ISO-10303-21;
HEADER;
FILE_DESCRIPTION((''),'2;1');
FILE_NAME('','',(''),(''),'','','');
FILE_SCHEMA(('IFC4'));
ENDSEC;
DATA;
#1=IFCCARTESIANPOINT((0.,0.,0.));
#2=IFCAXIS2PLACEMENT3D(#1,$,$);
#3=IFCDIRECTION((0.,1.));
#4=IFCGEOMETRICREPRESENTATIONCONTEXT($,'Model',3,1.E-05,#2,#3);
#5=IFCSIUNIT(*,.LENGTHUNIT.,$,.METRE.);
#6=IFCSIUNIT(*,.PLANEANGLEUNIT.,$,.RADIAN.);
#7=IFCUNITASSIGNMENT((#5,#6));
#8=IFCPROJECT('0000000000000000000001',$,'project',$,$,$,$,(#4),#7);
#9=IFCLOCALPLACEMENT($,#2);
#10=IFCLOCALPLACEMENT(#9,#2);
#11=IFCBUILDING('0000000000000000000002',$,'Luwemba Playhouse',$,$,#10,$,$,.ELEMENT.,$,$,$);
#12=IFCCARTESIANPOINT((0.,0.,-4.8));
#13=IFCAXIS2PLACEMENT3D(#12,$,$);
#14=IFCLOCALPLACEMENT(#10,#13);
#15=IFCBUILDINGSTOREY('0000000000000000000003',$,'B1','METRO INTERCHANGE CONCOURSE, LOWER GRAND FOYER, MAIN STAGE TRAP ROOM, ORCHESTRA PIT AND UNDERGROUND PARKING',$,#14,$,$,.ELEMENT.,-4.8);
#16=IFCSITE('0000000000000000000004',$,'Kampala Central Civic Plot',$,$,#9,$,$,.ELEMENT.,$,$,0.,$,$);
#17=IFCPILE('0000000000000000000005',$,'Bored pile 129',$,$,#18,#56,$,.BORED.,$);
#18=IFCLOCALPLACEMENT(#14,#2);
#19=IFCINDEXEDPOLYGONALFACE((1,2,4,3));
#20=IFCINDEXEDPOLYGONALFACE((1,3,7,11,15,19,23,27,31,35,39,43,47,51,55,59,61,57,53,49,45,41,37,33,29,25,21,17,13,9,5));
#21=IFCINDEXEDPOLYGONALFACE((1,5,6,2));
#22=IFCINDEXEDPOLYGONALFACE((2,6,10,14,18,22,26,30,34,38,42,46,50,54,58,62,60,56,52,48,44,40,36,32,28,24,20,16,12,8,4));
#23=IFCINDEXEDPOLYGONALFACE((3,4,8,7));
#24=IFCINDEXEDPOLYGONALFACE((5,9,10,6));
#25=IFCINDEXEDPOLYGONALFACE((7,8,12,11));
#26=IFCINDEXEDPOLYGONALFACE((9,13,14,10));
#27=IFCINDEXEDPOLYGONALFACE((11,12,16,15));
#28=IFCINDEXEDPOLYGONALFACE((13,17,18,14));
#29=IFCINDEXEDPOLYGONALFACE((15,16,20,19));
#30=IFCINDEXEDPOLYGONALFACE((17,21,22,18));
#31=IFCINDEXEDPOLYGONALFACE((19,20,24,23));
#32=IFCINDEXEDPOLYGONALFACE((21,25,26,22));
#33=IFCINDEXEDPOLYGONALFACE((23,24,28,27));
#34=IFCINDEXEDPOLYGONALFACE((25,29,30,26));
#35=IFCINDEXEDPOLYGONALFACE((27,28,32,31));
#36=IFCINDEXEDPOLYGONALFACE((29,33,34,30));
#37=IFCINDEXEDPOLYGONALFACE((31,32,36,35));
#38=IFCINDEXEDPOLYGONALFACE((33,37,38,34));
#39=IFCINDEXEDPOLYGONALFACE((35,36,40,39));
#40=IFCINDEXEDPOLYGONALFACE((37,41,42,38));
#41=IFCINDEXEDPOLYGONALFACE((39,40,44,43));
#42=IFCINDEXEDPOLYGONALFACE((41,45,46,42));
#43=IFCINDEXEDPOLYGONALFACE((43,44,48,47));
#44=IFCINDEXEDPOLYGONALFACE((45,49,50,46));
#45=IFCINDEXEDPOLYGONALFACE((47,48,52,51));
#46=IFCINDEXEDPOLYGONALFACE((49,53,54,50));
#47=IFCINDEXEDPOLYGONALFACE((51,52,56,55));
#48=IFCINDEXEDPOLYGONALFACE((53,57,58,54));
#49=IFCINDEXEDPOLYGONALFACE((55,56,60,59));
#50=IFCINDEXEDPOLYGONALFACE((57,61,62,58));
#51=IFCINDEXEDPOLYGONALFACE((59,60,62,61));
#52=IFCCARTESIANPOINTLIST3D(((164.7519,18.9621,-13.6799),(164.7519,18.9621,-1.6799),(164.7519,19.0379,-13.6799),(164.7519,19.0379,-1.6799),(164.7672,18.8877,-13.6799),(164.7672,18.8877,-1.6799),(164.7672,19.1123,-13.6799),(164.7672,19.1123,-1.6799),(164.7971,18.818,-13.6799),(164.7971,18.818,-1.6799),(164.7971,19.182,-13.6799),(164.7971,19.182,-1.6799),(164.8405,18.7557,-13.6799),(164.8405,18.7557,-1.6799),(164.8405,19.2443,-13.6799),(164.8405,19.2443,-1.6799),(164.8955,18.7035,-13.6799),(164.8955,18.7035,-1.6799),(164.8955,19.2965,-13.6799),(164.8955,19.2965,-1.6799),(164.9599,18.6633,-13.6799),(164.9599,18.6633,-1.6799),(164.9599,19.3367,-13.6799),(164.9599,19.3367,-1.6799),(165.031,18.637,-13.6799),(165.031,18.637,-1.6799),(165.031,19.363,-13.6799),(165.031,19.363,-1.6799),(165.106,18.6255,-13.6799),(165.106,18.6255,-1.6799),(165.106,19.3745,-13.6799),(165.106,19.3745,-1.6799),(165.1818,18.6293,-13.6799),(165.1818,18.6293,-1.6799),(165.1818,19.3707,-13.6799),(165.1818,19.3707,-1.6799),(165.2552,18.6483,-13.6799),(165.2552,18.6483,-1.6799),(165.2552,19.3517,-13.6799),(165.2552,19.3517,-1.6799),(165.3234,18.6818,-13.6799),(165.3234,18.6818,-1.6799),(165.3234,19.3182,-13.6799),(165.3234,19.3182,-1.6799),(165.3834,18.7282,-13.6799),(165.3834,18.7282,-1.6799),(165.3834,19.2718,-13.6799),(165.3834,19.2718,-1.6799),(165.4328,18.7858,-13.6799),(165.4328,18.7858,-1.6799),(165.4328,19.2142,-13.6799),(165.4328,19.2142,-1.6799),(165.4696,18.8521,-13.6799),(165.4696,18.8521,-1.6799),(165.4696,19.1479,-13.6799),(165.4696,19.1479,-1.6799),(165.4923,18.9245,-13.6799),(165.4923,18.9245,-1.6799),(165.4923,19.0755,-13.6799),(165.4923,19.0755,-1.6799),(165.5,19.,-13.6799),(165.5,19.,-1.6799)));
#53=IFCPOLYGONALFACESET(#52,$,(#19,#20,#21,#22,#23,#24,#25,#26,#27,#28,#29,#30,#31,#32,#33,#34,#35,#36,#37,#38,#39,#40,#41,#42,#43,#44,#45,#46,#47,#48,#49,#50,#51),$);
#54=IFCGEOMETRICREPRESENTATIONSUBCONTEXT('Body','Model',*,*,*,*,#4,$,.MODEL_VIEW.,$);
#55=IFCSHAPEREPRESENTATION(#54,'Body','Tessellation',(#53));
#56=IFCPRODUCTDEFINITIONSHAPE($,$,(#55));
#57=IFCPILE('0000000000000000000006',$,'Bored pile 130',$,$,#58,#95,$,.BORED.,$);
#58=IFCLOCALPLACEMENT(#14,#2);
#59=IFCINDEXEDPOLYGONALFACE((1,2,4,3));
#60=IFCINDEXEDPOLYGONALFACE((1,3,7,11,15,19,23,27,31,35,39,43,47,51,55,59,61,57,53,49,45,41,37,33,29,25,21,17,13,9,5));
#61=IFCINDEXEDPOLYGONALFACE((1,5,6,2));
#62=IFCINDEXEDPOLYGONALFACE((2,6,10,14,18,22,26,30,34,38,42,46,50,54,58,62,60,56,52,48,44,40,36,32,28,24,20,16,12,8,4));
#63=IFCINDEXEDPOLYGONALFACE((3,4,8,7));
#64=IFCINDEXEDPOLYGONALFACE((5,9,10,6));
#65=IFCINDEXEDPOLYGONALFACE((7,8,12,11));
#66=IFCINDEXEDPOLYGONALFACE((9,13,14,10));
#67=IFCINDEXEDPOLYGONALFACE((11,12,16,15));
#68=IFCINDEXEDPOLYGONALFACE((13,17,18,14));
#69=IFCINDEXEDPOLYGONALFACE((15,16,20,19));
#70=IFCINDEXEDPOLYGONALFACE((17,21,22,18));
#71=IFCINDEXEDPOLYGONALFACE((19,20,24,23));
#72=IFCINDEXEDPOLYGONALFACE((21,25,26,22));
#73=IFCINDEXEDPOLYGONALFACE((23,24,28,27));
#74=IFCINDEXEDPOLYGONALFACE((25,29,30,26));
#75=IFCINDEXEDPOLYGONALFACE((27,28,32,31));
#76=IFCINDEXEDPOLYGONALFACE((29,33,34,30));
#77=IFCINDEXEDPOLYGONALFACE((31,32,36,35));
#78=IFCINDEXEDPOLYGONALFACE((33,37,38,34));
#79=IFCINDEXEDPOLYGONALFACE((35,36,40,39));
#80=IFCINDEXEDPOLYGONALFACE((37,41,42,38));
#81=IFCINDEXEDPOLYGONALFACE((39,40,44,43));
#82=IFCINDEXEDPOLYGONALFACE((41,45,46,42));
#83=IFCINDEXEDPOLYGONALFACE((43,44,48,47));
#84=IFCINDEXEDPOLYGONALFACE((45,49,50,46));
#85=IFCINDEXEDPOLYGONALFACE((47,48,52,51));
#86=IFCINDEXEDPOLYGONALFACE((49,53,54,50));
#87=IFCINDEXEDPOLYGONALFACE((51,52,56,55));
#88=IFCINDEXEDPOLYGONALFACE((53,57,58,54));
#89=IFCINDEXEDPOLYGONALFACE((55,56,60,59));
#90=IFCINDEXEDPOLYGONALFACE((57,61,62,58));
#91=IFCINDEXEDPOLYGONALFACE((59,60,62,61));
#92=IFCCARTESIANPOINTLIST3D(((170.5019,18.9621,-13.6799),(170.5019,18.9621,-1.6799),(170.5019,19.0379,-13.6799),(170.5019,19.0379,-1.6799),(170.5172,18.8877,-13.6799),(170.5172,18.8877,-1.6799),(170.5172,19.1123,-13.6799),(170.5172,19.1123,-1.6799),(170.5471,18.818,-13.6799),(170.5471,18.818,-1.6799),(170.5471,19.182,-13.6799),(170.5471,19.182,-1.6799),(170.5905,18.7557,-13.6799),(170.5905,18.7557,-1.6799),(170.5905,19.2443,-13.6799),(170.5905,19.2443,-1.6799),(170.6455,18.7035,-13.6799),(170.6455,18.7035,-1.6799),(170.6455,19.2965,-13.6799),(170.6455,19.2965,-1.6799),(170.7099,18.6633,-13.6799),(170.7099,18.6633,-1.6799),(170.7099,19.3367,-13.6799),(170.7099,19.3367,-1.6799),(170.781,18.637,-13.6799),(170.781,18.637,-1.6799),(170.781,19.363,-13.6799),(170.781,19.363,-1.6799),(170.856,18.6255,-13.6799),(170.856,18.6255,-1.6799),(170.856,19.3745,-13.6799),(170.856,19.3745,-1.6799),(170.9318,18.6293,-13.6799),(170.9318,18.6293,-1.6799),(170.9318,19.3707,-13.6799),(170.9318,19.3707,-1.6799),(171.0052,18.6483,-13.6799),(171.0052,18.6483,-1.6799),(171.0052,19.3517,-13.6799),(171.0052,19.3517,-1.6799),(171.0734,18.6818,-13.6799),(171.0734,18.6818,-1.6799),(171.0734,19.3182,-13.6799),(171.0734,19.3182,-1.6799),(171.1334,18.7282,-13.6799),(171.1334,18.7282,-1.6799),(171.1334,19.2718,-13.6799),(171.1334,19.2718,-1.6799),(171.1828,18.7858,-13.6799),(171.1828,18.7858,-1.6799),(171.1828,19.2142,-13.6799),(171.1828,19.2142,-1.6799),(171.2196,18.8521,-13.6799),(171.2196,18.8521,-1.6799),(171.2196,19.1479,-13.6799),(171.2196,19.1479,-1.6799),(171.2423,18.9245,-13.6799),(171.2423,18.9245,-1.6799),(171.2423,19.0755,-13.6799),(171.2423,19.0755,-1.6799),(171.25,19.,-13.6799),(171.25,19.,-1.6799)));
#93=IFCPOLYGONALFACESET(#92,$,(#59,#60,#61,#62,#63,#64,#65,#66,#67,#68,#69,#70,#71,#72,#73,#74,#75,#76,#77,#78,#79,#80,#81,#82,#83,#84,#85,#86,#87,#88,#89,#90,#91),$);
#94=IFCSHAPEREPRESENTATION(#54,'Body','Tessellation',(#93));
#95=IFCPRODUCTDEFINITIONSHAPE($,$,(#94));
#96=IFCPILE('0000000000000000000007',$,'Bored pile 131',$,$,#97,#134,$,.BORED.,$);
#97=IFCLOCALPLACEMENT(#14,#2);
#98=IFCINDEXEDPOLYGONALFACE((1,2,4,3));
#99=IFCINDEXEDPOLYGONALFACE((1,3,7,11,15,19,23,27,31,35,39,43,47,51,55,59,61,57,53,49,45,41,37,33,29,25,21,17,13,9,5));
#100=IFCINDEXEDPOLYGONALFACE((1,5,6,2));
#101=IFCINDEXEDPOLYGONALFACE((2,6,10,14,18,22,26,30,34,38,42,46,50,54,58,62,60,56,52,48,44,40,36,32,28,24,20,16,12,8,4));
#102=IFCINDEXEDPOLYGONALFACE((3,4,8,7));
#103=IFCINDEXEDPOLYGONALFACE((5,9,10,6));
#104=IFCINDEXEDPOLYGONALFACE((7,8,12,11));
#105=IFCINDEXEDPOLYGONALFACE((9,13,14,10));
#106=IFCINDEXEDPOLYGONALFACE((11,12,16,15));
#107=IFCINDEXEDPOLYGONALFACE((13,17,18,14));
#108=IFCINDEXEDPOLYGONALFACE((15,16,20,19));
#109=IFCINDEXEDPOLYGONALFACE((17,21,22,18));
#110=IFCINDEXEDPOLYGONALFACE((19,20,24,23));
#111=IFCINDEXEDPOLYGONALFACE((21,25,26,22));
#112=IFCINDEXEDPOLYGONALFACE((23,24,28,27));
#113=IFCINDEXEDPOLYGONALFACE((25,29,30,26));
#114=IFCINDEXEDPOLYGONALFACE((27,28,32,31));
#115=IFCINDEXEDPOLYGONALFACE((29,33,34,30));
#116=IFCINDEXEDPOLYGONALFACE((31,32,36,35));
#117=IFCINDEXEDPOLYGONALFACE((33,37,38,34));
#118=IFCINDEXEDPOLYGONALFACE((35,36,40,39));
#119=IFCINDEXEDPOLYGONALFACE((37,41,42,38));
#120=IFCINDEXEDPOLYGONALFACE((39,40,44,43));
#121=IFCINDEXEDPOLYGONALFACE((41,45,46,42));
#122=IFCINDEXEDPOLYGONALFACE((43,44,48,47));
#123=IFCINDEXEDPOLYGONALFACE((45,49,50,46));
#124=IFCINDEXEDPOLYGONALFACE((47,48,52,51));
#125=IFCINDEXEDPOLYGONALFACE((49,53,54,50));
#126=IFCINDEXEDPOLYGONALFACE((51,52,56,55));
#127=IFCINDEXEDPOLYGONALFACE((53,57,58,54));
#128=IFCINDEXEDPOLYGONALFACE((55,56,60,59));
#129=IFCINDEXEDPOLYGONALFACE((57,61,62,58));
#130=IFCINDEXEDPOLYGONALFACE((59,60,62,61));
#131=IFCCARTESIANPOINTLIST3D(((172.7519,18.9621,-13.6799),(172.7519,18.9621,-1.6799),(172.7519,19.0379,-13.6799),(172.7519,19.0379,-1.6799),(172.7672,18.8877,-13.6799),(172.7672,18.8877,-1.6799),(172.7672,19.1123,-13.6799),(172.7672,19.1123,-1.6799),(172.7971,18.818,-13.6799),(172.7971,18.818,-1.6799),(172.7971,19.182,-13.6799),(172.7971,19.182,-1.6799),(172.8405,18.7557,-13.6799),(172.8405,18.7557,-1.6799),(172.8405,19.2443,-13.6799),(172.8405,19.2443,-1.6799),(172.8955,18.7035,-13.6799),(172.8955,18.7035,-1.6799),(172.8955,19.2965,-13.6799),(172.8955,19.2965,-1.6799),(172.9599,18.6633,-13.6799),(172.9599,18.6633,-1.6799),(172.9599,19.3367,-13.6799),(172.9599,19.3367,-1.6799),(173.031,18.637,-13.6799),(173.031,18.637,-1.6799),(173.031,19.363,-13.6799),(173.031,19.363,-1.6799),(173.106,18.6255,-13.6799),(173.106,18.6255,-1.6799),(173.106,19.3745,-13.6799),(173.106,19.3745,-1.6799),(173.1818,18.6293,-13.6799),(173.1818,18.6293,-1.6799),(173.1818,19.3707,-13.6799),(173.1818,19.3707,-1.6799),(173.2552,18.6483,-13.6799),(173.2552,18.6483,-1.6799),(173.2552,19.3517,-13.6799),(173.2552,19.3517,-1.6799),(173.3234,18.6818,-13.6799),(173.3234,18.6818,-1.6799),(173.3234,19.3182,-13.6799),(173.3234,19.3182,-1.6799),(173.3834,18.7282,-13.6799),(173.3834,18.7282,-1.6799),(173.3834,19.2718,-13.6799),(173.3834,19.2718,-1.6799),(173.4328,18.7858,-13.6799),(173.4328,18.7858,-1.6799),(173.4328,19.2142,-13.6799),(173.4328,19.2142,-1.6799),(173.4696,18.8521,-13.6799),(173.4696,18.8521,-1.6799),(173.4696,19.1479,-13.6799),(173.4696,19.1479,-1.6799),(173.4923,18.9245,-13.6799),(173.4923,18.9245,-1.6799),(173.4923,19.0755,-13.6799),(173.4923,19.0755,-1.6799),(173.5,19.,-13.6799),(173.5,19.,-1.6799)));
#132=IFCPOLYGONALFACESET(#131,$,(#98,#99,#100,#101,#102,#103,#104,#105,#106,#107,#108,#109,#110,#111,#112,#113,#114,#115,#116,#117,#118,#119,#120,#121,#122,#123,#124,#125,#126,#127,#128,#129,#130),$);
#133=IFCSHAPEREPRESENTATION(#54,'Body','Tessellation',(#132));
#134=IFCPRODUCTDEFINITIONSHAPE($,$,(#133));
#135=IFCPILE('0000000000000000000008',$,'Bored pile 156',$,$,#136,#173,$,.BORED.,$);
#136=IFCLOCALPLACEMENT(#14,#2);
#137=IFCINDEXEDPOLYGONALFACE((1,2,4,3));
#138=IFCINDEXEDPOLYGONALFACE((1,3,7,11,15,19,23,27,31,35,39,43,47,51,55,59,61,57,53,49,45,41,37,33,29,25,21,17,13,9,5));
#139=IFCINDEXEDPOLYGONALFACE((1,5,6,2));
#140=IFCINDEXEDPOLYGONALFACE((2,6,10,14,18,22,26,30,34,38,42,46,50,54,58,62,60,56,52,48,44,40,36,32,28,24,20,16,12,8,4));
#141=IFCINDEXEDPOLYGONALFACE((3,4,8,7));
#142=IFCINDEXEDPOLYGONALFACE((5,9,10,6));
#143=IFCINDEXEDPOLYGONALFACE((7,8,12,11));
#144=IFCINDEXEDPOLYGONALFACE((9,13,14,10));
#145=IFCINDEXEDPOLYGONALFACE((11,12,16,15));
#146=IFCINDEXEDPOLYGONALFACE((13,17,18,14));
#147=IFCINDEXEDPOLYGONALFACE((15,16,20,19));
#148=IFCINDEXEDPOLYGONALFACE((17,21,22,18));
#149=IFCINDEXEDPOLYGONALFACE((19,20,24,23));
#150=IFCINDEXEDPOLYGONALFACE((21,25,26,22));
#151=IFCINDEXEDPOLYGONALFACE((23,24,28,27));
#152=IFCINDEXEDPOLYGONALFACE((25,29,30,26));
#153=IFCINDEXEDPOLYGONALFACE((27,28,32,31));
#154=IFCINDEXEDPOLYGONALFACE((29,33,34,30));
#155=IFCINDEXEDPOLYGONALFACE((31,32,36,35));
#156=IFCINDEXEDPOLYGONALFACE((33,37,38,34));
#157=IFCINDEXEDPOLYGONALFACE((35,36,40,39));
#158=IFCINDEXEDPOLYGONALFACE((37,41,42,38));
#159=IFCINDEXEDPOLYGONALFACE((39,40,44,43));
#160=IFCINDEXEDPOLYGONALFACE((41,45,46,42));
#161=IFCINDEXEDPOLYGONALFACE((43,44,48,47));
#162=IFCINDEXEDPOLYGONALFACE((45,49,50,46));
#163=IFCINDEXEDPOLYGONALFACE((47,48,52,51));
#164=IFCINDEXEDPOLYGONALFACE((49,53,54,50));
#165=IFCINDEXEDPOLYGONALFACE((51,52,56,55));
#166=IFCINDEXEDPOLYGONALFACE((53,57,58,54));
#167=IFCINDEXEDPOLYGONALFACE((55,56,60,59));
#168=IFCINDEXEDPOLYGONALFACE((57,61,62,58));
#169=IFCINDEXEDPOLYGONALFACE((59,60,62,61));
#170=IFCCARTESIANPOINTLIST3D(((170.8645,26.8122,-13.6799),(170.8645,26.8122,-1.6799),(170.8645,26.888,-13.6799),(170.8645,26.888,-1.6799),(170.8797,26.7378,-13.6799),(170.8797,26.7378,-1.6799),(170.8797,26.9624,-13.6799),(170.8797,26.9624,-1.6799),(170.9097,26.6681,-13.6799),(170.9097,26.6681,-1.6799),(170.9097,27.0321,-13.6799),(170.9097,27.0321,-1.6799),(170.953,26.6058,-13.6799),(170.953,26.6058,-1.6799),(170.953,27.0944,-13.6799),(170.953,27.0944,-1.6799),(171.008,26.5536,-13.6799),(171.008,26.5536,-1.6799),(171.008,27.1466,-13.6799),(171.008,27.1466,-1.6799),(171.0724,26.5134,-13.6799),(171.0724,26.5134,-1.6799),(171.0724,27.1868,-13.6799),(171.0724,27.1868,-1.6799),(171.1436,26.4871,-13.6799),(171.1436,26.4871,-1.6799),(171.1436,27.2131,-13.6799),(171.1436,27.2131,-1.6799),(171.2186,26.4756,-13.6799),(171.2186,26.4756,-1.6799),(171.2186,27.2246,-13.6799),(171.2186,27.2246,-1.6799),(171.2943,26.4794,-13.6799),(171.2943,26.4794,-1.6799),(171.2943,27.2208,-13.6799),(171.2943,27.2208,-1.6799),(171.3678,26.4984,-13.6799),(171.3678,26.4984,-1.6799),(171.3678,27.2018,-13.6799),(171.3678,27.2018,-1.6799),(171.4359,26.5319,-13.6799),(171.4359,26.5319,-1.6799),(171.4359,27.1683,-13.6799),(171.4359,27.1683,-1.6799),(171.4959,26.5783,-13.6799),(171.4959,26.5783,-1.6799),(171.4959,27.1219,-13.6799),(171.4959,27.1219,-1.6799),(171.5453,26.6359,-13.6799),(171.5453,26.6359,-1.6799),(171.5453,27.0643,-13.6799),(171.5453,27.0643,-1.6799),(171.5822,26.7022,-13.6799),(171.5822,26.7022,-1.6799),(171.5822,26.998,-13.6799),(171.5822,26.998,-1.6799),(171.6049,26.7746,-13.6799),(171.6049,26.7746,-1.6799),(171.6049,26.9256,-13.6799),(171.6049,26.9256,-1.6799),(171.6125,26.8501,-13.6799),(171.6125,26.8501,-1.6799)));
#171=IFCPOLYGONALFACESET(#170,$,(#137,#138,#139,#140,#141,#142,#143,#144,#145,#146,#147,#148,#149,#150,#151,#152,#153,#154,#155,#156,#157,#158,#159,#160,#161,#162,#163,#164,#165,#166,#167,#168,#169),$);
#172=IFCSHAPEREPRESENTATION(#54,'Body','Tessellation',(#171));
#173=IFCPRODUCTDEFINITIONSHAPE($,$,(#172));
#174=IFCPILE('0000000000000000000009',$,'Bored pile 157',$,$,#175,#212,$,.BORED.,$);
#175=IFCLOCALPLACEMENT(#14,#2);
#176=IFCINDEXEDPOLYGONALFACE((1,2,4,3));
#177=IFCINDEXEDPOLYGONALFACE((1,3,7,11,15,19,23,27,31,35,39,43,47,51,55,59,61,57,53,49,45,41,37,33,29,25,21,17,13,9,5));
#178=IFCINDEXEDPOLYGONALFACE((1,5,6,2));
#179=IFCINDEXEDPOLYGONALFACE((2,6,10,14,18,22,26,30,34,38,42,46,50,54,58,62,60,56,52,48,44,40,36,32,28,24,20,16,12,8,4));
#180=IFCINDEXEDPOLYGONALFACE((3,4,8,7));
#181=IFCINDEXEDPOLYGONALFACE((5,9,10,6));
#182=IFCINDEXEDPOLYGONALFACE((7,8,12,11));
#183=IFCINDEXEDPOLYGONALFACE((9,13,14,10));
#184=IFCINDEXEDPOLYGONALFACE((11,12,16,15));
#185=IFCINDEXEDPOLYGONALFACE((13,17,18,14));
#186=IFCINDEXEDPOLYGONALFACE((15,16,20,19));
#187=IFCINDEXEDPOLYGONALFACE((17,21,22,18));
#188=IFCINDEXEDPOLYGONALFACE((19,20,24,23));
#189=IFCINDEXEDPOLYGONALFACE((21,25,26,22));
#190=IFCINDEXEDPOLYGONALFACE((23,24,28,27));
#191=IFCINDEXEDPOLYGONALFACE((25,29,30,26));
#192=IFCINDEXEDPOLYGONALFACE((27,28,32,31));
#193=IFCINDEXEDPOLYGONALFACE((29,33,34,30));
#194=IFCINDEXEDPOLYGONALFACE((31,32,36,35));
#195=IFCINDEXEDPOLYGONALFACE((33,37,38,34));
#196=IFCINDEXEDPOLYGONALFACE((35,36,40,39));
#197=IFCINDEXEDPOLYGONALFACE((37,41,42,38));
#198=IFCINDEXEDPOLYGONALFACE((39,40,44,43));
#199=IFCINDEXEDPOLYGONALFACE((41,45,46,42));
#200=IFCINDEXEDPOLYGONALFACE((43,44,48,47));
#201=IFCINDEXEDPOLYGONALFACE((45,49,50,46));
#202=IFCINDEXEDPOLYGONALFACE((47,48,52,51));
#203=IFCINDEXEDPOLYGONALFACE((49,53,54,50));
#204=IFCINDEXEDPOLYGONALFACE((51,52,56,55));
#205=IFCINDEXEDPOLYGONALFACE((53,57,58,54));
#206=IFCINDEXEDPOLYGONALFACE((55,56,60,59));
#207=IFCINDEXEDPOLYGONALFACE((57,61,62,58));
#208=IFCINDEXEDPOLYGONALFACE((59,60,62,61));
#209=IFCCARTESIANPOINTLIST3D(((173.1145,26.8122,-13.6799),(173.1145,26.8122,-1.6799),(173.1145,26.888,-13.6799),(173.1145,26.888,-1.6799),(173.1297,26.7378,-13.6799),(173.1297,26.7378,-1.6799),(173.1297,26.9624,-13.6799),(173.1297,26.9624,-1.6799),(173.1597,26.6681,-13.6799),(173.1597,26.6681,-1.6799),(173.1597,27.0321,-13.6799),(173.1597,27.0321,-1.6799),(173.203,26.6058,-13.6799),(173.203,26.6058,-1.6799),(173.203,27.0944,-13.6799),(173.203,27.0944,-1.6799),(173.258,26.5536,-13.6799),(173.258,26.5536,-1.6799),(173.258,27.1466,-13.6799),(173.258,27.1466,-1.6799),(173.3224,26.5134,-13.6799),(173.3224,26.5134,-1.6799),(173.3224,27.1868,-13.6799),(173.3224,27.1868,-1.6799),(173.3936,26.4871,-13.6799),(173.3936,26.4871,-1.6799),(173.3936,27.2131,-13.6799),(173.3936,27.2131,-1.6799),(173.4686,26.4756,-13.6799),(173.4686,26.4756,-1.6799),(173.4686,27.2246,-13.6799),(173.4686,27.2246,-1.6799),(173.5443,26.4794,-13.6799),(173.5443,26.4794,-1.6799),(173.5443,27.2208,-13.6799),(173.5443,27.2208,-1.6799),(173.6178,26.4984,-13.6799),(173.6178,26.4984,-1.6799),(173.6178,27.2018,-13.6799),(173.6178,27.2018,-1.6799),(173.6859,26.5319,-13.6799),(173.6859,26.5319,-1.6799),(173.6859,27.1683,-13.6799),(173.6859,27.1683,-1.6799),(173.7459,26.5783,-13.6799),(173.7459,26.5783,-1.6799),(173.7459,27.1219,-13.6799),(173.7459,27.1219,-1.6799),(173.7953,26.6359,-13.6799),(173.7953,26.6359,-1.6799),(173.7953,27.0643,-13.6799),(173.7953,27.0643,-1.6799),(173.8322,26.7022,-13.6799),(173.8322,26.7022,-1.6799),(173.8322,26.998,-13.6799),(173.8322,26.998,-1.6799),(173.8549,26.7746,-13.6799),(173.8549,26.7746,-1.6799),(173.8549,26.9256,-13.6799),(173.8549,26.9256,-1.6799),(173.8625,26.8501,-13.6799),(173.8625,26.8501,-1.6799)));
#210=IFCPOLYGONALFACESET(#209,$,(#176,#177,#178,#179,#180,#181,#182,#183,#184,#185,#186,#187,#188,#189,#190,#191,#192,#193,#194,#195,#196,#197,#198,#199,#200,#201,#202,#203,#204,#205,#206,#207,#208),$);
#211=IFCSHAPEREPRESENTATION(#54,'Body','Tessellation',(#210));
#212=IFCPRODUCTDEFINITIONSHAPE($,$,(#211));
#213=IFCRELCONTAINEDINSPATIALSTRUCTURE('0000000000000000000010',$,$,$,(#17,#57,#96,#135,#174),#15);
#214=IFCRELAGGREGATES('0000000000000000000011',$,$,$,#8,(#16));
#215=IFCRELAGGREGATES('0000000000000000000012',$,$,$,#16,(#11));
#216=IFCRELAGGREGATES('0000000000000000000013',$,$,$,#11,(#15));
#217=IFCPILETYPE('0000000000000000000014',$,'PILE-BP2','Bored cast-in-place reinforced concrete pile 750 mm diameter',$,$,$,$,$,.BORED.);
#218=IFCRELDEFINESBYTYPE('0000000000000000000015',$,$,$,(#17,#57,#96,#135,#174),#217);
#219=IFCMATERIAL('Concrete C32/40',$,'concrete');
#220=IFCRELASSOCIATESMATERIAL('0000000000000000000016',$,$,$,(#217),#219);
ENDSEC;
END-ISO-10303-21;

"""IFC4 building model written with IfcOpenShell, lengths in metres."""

from ifc_helpers import new_model, si_unit, direction, frame, origin, origin_2d, place, context, subcontext, project, spatial, circle, extrude, material, material_profile, profile_set, type_object, element, save


model = new_model("IFC4")

# Units and contexts
model_context = context("Model", 3, precision=1e-05, world=origin(), true_north=direction((0.0, 1.0)))
body_context = subcontext(model_context, "Body", "Model", "MODEL_VIEW")
ifc_project = project(units=[si_unit("LENGTHUNIT", "METRE"), si_unit("PLANEANGLEUNIT", "RADIAN")], contexts=[model_context])

# Site, building, storey
site_placement = place(None, origin())
site = spatial("IfcSite", under=ifc_project, at=site_placement, Name="Kampala Central Civic Plot", CompositionType="ELEMENT", RefElevation=0.0)
building_placement = place(site_placement, origin())
building = spatial("IfcBuilding", under=site, at=building_placement, Name="Luwemba Playhouse", CompositionType="ELEMENT")
storey_placement = place(building_placement, frame((0.0, 0.0, -4.8)))
storey = spatial("IfcBuildingStorey", under=building, at=storey_placement, Name="B1", Description="METRO INTERCHANGE CONCOURSE, LOWER GRAND FOYER, MAIN STAGE TRAP ROOM, ORCHESTRA PIT AND UNDERGROUND PARKING", CompositionType="ELEMENT", Elevation=-4.8)

# Shared definitions
ifc_material_1 = material(Name="Concrete C32/40", Category="concrete")

# Piles
ifc_material_profile_1 = material_profile(ifc_material_1, circle(Radius=0.375, at=origin_2d()))
ifc_profile_set_1 = profile_set([ifc_material_profile_1], Name="Concrete C32/40")
pile_type = type_object("IfcPileType", Name="PILE-BP2", Description="Bored cast-in-place reinforced concrete pile 750 mm diameter", PredefinedType="BORED", material=ifc_profile_set_1)
for number, where, z_axis, x_axis, name in (
    (1, (165.125, 19.0, -1.6799), (0.0, 0.0, -1.0), (1.0, 0.0, 0.0), "Bored pile 129"),
    (2, (170.875, 19.0, -1.6799), (0.0, 0.0, -1.0), (1.0, 0.0, 0.0), "Bored pile 130"),
    (3, (173.125, 19.0, -1.6799), (0.0, 0.0, -1.0), (1.0, 0.0, 0.0), "Bored pile 131"),
    (4, (171.2375, 26.8501, -1.6799), (0.0, 0.0, -1.0), (1.0, 0.0, 0.0), "Bored pile 156"),
    (5, (173.4875, 26.8501, -1.6799), (0.0, 0.0, -1.0), (1.0, 0.0, 0.0), "Bored pile 157"),
):
    element("IfcPile", number, at=place(storey_placement, frame(where, z_axis=z_axis, x_axis=x_axis)), inside=storey, type_object=pile_type, Name=name, PredefinedType="BORED", context=body_context, shape_type="SweptSolid", body=[
        extrude(circle(Radius=0.375, at=origin_2d()), origin(), (0.0, 0.0, 1.0), 12.0),
    ])

save(model, "model.ifc")
